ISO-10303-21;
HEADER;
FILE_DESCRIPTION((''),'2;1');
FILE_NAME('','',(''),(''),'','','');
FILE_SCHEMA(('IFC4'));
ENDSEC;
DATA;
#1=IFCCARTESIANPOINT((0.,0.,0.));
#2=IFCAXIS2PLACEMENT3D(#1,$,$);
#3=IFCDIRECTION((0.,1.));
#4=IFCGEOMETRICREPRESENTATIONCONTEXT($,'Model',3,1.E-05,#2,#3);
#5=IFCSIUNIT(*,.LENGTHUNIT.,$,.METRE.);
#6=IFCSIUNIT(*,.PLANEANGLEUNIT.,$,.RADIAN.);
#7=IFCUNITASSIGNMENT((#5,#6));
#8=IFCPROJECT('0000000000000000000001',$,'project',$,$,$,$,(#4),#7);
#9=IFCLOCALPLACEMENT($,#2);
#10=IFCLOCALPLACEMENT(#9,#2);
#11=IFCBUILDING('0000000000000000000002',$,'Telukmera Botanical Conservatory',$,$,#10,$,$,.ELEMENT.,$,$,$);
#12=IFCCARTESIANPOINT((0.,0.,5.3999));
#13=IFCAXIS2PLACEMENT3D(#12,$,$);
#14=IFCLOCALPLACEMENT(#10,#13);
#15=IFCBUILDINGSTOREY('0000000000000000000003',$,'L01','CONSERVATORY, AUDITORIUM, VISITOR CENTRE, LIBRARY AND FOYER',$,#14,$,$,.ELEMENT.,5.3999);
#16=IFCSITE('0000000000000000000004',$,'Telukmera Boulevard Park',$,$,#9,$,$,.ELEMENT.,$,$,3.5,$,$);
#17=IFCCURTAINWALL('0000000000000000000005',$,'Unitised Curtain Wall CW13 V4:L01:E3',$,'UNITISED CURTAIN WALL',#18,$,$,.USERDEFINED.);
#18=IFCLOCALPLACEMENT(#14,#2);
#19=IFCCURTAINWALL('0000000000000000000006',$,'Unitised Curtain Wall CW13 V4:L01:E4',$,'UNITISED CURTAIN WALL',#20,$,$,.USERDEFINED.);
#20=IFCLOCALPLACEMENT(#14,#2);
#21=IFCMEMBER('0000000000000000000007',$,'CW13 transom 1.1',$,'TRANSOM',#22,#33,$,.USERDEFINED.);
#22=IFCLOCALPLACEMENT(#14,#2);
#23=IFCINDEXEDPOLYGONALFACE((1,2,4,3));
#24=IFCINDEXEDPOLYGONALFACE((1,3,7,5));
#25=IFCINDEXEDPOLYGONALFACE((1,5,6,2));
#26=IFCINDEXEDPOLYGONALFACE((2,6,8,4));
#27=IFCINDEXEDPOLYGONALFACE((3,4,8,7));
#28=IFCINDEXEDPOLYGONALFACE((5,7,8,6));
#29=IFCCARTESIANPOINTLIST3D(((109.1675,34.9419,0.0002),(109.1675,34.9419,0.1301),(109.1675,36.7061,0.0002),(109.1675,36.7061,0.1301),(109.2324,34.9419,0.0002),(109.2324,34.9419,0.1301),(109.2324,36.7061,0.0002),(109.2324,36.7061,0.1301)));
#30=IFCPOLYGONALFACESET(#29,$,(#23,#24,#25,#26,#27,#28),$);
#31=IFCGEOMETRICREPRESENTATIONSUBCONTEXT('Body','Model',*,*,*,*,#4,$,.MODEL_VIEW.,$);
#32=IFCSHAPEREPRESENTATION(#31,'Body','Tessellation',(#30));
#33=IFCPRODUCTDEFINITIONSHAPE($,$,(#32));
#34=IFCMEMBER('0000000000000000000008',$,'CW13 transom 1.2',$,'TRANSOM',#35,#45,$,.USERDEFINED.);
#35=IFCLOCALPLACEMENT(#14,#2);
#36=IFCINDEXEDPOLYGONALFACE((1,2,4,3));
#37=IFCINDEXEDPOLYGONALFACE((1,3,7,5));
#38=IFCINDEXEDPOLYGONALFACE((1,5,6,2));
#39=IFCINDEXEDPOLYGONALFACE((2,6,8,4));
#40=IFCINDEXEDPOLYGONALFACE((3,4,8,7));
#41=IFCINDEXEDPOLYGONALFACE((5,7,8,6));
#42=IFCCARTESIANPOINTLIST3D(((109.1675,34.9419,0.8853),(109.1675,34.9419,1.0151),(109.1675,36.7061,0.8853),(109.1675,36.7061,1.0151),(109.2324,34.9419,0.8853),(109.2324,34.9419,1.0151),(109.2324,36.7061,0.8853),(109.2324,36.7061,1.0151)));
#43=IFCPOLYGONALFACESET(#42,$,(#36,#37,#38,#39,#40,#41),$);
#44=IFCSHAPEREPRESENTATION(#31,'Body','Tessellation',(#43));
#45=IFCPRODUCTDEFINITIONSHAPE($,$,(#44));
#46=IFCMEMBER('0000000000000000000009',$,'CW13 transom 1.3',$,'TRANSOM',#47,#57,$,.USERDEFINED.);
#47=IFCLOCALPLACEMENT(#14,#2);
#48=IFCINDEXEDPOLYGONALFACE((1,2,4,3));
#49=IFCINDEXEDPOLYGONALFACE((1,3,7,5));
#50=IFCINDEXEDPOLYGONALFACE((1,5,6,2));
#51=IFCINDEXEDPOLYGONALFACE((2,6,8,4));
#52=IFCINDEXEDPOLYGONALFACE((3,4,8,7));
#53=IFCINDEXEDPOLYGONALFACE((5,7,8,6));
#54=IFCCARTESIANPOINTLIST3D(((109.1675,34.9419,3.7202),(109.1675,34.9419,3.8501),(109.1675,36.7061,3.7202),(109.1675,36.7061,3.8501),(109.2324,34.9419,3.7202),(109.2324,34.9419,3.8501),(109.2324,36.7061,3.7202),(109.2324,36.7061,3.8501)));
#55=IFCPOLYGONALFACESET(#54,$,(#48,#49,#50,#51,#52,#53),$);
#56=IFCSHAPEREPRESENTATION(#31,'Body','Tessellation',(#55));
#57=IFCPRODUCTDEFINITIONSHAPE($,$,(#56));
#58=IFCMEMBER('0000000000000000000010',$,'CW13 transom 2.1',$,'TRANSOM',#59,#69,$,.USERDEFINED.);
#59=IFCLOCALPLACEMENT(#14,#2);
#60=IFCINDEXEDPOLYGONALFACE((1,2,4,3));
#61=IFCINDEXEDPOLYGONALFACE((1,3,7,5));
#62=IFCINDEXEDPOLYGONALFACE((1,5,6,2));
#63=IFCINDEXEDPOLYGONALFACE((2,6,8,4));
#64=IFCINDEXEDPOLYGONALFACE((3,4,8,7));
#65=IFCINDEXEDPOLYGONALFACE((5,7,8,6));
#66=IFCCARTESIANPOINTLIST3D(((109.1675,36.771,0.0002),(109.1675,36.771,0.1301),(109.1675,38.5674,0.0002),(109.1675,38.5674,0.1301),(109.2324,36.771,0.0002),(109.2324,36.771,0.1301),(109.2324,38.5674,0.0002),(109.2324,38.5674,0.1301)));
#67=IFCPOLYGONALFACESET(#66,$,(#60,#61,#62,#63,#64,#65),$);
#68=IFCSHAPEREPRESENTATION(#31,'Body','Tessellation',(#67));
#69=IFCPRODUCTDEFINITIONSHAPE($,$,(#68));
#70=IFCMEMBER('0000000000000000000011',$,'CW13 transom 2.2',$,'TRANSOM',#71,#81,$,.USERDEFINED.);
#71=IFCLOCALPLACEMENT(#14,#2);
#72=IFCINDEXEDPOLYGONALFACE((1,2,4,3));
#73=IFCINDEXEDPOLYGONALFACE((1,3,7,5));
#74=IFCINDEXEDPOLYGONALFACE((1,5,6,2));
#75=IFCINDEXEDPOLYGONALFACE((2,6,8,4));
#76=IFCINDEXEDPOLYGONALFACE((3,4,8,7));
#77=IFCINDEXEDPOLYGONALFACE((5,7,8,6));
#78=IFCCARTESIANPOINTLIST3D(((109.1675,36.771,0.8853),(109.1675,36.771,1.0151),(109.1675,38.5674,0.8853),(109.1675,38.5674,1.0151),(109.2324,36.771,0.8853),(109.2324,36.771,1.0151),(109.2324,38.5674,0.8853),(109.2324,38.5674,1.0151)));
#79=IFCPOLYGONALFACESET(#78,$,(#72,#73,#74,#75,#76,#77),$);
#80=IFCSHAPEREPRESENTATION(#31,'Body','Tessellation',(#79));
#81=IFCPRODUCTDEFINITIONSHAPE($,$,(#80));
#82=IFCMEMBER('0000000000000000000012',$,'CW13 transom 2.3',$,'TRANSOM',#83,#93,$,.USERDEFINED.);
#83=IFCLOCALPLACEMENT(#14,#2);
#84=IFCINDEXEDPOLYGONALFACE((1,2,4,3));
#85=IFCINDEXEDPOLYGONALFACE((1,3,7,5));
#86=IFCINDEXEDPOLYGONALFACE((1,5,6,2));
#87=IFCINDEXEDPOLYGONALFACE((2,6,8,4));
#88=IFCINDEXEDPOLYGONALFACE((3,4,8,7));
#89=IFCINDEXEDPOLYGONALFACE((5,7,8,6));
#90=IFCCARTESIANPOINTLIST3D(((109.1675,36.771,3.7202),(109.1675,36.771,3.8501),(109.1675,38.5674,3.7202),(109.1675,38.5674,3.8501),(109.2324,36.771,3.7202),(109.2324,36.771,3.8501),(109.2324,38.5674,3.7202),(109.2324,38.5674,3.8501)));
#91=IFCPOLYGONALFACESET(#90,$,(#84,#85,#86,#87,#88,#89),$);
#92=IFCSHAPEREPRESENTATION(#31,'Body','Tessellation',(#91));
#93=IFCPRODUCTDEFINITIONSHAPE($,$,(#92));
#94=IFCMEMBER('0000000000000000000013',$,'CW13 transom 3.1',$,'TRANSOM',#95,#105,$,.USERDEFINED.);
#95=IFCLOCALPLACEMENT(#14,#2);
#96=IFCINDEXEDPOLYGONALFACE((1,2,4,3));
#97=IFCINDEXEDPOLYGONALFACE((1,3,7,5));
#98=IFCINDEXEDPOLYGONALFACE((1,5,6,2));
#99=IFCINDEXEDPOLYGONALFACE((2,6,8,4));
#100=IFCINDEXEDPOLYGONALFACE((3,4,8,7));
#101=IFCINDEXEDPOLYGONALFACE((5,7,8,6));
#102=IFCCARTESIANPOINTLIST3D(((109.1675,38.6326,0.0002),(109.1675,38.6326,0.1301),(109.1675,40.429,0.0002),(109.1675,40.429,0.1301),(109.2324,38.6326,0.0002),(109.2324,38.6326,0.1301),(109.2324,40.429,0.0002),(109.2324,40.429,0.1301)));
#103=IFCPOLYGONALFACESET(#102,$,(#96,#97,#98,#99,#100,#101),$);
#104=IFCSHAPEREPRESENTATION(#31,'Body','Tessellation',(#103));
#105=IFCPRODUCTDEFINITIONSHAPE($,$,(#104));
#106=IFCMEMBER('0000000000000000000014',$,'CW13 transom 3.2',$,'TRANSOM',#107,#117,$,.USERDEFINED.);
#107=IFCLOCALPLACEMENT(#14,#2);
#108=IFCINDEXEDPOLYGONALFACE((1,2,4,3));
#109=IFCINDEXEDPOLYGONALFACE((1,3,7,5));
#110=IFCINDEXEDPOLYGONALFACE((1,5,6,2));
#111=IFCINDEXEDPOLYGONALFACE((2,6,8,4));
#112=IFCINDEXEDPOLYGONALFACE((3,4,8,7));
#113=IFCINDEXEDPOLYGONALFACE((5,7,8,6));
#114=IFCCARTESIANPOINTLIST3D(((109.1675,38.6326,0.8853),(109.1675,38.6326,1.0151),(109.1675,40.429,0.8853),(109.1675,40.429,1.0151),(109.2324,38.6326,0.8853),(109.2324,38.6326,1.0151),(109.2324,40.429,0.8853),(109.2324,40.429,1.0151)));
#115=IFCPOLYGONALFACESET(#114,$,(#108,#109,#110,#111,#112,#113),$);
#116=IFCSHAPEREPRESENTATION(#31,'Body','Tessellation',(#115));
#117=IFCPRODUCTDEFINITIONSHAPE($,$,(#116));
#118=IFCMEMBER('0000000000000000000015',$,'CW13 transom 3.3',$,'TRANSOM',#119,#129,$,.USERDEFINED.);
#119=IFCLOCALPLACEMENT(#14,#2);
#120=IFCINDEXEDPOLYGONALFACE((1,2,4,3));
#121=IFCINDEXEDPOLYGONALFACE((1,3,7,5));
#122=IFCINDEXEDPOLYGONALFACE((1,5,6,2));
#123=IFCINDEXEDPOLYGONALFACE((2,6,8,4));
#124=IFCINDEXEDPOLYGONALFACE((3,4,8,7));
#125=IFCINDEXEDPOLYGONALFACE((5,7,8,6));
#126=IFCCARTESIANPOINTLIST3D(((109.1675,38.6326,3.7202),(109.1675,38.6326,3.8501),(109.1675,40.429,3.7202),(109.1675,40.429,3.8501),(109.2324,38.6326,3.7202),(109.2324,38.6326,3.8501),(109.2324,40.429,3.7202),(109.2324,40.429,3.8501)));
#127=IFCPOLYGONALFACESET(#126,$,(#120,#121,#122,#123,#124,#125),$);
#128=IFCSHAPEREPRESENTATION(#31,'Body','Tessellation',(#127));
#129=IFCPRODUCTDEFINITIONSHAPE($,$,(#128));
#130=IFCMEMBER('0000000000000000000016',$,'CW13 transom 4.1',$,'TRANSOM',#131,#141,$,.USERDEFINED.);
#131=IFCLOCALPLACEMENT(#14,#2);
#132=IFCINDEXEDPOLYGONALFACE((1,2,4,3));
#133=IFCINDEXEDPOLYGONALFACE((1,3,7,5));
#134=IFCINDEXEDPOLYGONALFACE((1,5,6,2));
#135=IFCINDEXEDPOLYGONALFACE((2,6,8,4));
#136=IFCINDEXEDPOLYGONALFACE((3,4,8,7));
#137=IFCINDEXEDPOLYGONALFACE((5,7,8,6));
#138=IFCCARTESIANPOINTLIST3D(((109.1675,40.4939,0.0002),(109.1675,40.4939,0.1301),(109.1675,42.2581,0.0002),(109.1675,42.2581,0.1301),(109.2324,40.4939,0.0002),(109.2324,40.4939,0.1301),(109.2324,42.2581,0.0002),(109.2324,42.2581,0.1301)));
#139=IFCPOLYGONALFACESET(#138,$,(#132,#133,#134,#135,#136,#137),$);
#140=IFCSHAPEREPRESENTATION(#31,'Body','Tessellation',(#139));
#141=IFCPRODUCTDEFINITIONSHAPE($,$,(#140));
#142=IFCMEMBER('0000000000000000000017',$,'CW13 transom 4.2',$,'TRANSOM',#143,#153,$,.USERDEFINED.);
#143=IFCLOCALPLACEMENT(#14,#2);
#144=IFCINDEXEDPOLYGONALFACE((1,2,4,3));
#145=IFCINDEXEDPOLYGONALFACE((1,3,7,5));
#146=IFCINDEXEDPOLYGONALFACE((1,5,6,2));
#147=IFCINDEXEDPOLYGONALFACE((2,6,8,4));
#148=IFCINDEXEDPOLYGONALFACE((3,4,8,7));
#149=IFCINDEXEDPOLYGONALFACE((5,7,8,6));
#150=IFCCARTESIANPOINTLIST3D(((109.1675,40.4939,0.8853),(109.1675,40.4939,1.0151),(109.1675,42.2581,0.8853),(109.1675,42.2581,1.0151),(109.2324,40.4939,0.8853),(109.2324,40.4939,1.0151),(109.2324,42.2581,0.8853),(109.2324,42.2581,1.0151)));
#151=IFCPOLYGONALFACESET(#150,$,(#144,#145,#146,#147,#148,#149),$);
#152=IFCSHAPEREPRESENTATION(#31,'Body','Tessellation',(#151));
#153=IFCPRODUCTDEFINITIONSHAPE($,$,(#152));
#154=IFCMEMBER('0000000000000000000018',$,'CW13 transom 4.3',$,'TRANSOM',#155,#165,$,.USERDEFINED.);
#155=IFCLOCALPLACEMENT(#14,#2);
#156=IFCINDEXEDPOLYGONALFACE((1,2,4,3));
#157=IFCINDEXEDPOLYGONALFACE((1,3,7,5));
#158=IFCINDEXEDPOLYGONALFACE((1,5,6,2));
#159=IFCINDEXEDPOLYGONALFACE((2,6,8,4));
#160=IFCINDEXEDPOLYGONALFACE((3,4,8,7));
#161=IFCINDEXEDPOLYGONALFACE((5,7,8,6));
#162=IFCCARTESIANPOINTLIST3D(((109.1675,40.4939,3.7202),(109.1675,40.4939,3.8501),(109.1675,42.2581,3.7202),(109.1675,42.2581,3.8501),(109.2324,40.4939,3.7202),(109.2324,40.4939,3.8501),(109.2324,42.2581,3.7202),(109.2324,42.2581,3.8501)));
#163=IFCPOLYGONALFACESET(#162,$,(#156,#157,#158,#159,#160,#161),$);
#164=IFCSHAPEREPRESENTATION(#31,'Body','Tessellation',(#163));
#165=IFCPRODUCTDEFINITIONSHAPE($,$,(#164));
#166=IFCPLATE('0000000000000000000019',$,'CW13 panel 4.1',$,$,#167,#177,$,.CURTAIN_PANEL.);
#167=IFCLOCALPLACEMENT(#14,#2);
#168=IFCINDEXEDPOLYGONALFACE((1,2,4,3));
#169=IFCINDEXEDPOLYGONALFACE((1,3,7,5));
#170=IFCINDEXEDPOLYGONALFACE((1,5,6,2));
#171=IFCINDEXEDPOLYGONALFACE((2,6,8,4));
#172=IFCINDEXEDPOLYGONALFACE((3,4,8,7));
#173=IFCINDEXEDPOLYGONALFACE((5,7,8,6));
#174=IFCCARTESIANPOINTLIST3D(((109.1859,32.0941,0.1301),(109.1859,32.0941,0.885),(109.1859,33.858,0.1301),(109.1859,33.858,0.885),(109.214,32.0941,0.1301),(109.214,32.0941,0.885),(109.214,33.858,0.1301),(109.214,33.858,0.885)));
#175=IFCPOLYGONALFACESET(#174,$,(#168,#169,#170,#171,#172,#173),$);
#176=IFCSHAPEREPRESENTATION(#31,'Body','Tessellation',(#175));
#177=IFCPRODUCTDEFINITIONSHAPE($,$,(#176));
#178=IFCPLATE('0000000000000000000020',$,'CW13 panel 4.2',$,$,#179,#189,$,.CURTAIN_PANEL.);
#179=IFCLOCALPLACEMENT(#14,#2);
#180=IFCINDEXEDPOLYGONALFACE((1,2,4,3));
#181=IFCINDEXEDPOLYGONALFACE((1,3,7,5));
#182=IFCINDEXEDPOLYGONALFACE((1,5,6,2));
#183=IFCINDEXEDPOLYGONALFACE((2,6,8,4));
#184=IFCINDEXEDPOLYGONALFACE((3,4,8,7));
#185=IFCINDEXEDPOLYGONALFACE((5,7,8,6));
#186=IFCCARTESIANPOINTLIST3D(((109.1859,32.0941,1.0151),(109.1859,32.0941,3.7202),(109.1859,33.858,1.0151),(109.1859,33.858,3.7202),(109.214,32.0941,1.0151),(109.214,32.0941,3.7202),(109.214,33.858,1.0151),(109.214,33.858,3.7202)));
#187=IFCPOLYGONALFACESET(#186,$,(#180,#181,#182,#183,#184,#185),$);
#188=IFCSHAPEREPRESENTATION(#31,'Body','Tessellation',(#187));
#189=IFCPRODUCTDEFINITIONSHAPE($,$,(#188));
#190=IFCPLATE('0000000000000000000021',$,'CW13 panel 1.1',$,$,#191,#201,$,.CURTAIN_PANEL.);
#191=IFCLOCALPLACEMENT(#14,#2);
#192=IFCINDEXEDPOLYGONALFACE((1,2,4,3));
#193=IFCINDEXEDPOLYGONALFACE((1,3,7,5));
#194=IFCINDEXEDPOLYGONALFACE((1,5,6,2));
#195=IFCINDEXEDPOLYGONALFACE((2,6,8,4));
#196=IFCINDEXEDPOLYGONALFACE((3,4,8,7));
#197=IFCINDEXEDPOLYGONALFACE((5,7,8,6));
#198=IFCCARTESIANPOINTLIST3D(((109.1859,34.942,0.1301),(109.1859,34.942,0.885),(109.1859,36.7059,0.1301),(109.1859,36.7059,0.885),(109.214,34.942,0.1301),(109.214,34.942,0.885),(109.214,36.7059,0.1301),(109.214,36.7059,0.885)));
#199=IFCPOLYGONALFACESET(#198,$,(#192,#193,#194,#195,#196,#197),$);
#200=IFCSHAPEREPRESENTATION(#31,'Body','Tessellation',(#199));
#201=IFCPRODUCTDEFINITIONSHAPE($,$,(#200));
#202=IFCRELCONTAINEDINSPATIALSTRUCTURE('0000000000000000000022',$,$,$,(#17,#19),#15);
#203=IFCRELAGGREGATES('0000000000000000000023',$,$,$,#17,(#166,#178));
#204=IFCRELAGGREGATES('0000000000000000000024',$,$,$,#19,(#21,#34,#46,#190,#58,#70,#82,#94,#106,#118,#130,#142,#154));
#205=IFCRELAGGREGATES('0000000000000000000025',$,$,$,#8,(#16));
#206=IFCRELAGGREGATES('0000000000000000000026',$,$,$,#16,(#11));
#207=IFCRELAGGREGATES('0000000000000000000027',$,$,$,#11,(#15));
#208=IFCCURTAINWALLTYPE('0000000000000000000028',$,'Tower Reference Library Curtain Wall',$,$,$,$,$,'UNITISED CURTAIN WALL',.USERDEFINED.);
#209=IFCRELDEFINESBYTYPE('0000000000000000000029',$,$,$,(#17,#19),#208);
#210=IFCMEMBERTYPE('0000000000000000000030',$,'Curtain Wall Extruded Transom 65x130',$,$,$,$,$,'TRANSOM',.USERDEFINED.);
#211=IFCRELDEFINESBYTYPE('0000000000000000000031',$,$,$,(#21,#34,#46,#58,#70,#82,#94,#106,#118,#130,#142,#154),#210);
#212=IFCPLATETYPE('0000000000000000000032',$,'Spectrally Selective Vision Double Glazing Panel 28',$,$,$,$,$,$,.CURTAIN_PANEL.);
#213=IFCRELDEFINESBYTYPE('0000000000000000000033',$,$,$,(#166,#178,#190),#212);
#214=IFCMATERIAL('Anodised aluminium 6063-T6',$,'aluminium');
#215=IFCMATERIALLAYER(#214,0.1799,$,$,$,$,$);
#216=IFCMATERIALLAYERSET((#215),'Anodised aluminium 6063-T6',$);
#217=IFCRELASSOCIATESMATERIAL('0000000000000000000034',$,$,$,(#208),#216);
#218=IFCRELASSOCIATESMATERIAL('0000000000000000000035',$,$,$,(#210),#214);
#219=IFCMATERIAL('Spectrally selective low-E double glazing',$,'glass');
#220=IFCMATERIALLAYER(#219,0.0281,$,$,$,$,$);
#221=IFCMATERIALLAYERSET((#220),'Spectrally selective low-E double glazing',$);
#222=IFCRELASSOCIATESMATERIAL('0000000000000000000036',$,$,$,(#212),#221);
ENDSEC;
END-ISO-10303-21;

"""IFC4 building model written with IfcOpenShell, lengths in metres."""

from ifc_helpers import new_model, si_unit, direction, frame, origin, origin_2d, place, context, subcontext, project, spatial, rectangle, extrude, material, layer, layer_set, material_profile, profile_set, type_object, element, aggregate, save


model = new_model("IFC4")

# Units and contexts
model_context = context("Model", 3, precision=1e-05, world=origin(), true_north=direction((0.0, 1.0)))
body_context = subcontext(model_context, "Body", "Model", "MODEL_VIEW")
ifc_project = project(units=[si_unit("LENGTHUNIT", "METRE"), si_unit("PLANEANGLEUNIT", "RADIAN")], contexts=[model_context])

# Site, building, storey
site_placement = place(None, origin())
site = spatial("IfcSite", under=ifc_project, at=site_placement, Name="Telukmera Boulevard Park", CompositionType="ELEMENT", RefElevation=3.5)
building_placement = place(site_placement, origin())
building = spatial("IfcBuilding", under=site, at=building_placement, Name="Telukmera Botanical Conservatory", CompositionType="ELEMENT")
storey_placement = place(building_placement, frame((0.0, 0.0, 5.3999)))
storey = spatial("IfcBuildingStorey", under=building, at=storey_placement, Name="L01", Description="CONSERVATORY, AUDITORIUM, VISITOR CENTRE, LIBRARY AND FOYER", CompositionType="ELEMENT", Elevation=5.3999)

# Curtain walls
ifc_material_1 = material(Name="Anodised aluminium 6063-T6", Category="aluminium")
ifc_layer_1 = layer(ifc_material_1, 0.1799)
ifc_layer_set_1 = layer_set([ifc_layer_1], Name="Anodised aluminium 6063-T6")
curtain_wall_type = type_object("IfcCurtainWallType", Name="Tower Reference Library Curtain Wall", ElementType="UNITISED CURTAIN WALL", PredefinedType="USERDEFINED", material=ifc_layer_set_1)
curtain_wall_1_placement = place(storey_placement, origin())
curtain_wall_1 = element("IfcCurtainWall", 1, at=curtain_wall_1_placement, inside=storey, type_object=curtain_wall_type, Name="Unitised Curtain Wall CW13 V4:L01:E3", ObjectType="UNITISED CURTAIN WALL", PredefinedType="USERDEFINED")
curtain_wall_2_placement = place(storey_placement, origin())
curtain_wall_2 = element("IfcCurtainWall", 2, at=curtain_wall_2_placement, inside=storey, type_object=curtain_wall_type, Name="Unitised Curtain Wall CW13 V4:L01:E4", ObjectType="UNITISED CURTAIN WALL", PredefinedType="USERDEFINED")

# Members
ifc_material_profile_1 = material_profile(ifc_material_1, rectangle(XDim=0.0649, YDim=0.1299, at=origin_2d()), Name="ALU TRAN 65x130")
ifc_profile_set_1 = profile_set([ifc_material_profile_1], Name="Anodised aluminium 6063-T6")
member_type_1 = type_object("IfcMemberType", Name="Curtain Wall Extruded Transom 65x130", ElementType="TRANSOM", PredefinedType="USERDEFINED", material=ifc_profile_set_1)
member_1_placement = place(storey_placement, frame((109.2, 34.9419, 0.0652), z_axis=(0.0, 1.0, 0.0), x_axis=(-1.0, 0.0, 0.0)))
member_1 = element("IfcMember", 3, at=member_1_placement, type_object=member_type_1, Name="CW13 transom 1.1", ObjectType="TRANSOM", PredefinedType="USERDEFINED", context=body_context, shape_type="SweptSolid", body=[
    extrude(rectangle(XDim=0.0649, YDim=0.1299, at=origin_2d()), origin(), (0.0, 0.0, 1.0), 1.7642),
])
member_2_placement = place(storey_placement, frame((109.2, 34.9419, 0.9502), z_axis=(0.0, 1.0, 0.0), x_axis=(-1.0, 0.0, 0.0)))
member_2 = element("IfcMember", 4, at=member_2_placement, type_object=member_type_1, Name="CW13 transom 1.2", ObjectType="TRANSOM", PredefinedType="USERDEFINED", context=body_context, shape_type="SweptSolid", body=[
    extrude(rectangle(XDim=0.0649, YDim=0.1299, at=origin_2d()), origin(), (0.0, 0.0, 1.0), 1.7642),
])
member_3_placement = place(storey_placement, frame((109.2, 34.9419, 3.7852), z_axis=(0.0, 1.0, 0.0), x_axis=(-1.0, 0.0, 0.0)))
member_3 = element("IfcMember", 5, at=member_3_placement, type_object=member_type_1, Name="CW13 transom 1.3", ObjectType="TRANSOM", PredefinedType="USERDEFINED", context=body_context, shape_type="SweptSolid", body=[
    extrude(rectangle(XDim=0.0649, YDim=0.1299, at=origin_2d()), origin(), (0.0, 0.0, 1.0), 1.7642),
])
member_4_placement = place(storey_placement, frame((109.2, 36.771, 0.0652), z_axis=(0.0, 1.0, 0.0), x_axis=(-1.0, 0.0, 0.0)))
member_4 = element("IfcMember", 6, at=member_4_placement, type_object=member_type_1, Name="CW13 transom 2.1", ObjectType="TRANSOM", PredefinedType="USERDEFINED", context=body_context, shape_type="SweptSolid", body=[
    extrude(rectangle(XDim=0.0649, YDim=0.1299, at=origin_2d()), origin(), (0.0, 0.0, 1.0), 1.7964),
])
member_5_placement = place(storey_placement, frame((109.2, 36.771, 0.9502), z_axis=(0.0, 1.0, 0.0), x_axis=(-1.0, 0.0, 0.0)))
member_5 = element("IfcMember", 7, at=member_5_placement, type_object=member_type_1, Name="CW13 transom 2.2", ObjectType="TRANSOM", PredefinedType="USERDEFINED", context=body_context, shape_type="SweptSolid", body=[
    extrude(rectangle(XDim=0.0649, YDim=0.1299, at=origin_2d()), origin(), (0.0, 0.0, 1.0), 1.7964),
])
member_6_placement = place(storey_placement, frame((109.2, 36.771, 3.7852), z_axis=(0.0, 1.0, 0.0), x_axis=(-1.0, 0.0, 0.0)))
member_6 = element("IfcMember", 8, at=member_6_placement, type_object=member_type_1, Name="CW13 transom 2.3", ObjectType="TRANSOM", PredefinedType="USERDEFINED", context=body_context, shape_type="SweptSolid", body=[
    extrude(rectangle(XDim=0.0649, YDim=0.1299, at=origin_2d()), origin(), (0.0, 0.0, 1.0), 1.7964),
])
member_7_placement = place(storey_placement, frame((109.2, 38.6326, 0.0652), z_axis=(0.0, 1.0, 0.0), x_axis=(-1.0, 0.0, 0.0)))
member_7 = element("IfcMember", 9, at=member_7_placement, type_object=member_type_1, Name="CW13 transom 3.1", ObjectType="TRANSOM", PredefinedType="USERDEFINED", context=body_context, shape_type="SweptSolid", body=[
    extrude(rectangle(XDim=0.0649, YDim=0.1299, at=origin_2d()), origin(), (0.0, 0.0, 1.0), 1.7964),
])
member_8_placement = place(storey_placement, frame((109.2, 38.6326, 0.9502), z_axis=(0.0, 1.0, 0.0), x_axis=(-1.0, 0.0, 0.0)))
member_8 = element("IfcMember", 10, at=member_8_placement, type_object=member_type_1, Name="CW13 transom 3.2", ObjectType="TRANSOM", PredefinedType="USERDEFINED", context=body_context, shape_type="SweptSolid", body=[
    extrude(rectangle(XDim=0.0649, YDim=0.1299, at=origin_2d()), origin(), (0.0, 0.0, 1.0), 1.7964),
])
member_9_placement = place(storey_placement, frame((109.2, 38.6326, 3.7852), z_axis=(0.0, 1.0, 0.0), x_axis=(-1.0, 0.0, 0.0)))
member_9 = element("IfcMember", 11, at=member_9_placement, type_object=member_type_1, Name="CW13 transom 3.3", ObjectType="TRANSOM", PredefinedType="USERDEFINED", context=body_context, shape_type="SweptSolid", body=[
    extrude(rectangle(XDim=0.0649, YDim=0.1299, at=origin_2d()), origin(), (0.0, 0.0, 1.0), 1.7964),
])
member_10_placement = place(storey_placement, frame((109.2, 40.4939, 0.0652), z_axis=(0.0, 1.0, 0.0), x_axis=(-1.0, 0.0, 0.0)))
member_10 = element("IfcMember", 12, at=member_10_placement, type_object=member_type_1, Name="CW13 transom 4.1", ObjectType="TRANSOM", PredefinedType="USERDEFINED", context=body_context, shape_type="SweptSolid", body=[
    extrude(rectangle(XDim=0.0649, YDim=0.1299, at=origin_2d()), origin(), (0.0, 0.0, 1.0), 1.7642),
])
member_11_placement = place(storey_placement, frame((109.2, 40.4939, 0.9502), z_axis=(0.0, 1.0, 0.0), x_axis=(-1.0, 0.0, 0.0)))
member_11 = element("IfcMember", 13, at=member_11_placement, type_object=member_type_1, Name="CW13 transom 4.2", ObjectType="TRANSOM", PredefinedType="USERDEFINED", context=body_context, shape_type="SweptSolid", body=[
    extrude(rectangle(XDim=0.0649, YDim=0.1299, at=origin_2d()), origin(), (0.0, 0.0, 1.0), 1.7642),
])
member_12_placement = place(storey_placement, frame((109.2, 40.4939, 3.7852), z_axis=(0.0, 1.0, 0.0), x_axis=(-1.0, 0.0, 0.0)))
member_12 = element("IfcMember", 14, at=member_12_placement, type_object=member_type_1, Name="CW13 transom 4.3", ObjectType="TRANSOM", PredefinedType="USERDEFINED", context=body_context, shape_type="SweptSolid", body=[
    extrude(rectangle(XDim=0.0649, YDim=0.1299, at=origin_2d()), origin(), (0.0, 0.0, 1.0), 1.7642),
])

# Plates
ifc_material_2 = material(Name="Spectrally selective low-E double glazing", Category="glass")
ifc_layer_2 = layer(ifc_material_2, 0.0281)
ifc_layer_set_2 = layer_set([ifc_layer_2], Name="Spectrally selective low-E double glazing")
plate_type = type_object("IfcPlateType", Name="Spectrally Selective Vision Double Glazing Panel 28", PredefinedType="CURTAIN_PANEL", material=ifc_layer_set_2)
plate_1_placement = place(storey_placement, frame((109.2, 32.9761, 0.1301), z_axis=(0.0, 0.0, 1.0), x_axis=(0.0, 1.0, 0.0)))
plate_1 = element("IfcPlate", 15, at=plate_1_placement, type_object=plate_type, Name="CW13 panel 4.1", PredefinedType="CURTAIN_PANEL", context=body_context, shape_type="SweptSolid", body=[
    extrude(rectangle(XDim=1.7639, YDim=0.0281, at=origin_2d()), origin(), (0.0, 0.0, 1.0), 0.7549),
])
plate_2_placement = place(storey_placement, frame((109.2, 32.9761, 1.0151), z_axis=(0.0, 0.0, 1.0), x_axis=(0.0, 1.0, 0.0)))
plate_2 = element("IfcPlate", 16, at=plate_2_placement, type_object=plate_type, Name="CW13 panel 4.2", PredefinedType="CURTAIN_PANEL", context=body_context, shape_type="SweptSolid", body=[
    extrude(rectangle(XDim=1.7639, YDim=0.0281, at=origin_2d()), origin(), (0.0, 0.0, 1.0), 2.7051),
])
aggregate(curtain_wall_1, [plate_1, plate_2])
plate_3_placement = place(storey_placement, frame((109.2, 35.824, 0.1301), z_axis=(0.0, 0.0, 1.0), x_axis=(0.0, 1.0, 0.0)))
plate_3 = element("IfcPlate", 17, at=plate_3_placement, type_object=plate_type, Name="CW13 panel 1.1", PredefinedType="CURTAIN_PANEL", context=body_context, shape_type="SweptSolid", body=[
    extrude(rectangle(XDim=1.7639, YDim=0.0281, at=origin_2d()), origin(), (0.0, 0.0, 1.0), 0.7549),
])
aggregate(curtain_wall_2, [member_1, member_2, member_3, plate_3, member_4, member_5, member_6, member_7, member_8, member_9, member_10, member_11, member_12])

save(model, "model.ifc")
